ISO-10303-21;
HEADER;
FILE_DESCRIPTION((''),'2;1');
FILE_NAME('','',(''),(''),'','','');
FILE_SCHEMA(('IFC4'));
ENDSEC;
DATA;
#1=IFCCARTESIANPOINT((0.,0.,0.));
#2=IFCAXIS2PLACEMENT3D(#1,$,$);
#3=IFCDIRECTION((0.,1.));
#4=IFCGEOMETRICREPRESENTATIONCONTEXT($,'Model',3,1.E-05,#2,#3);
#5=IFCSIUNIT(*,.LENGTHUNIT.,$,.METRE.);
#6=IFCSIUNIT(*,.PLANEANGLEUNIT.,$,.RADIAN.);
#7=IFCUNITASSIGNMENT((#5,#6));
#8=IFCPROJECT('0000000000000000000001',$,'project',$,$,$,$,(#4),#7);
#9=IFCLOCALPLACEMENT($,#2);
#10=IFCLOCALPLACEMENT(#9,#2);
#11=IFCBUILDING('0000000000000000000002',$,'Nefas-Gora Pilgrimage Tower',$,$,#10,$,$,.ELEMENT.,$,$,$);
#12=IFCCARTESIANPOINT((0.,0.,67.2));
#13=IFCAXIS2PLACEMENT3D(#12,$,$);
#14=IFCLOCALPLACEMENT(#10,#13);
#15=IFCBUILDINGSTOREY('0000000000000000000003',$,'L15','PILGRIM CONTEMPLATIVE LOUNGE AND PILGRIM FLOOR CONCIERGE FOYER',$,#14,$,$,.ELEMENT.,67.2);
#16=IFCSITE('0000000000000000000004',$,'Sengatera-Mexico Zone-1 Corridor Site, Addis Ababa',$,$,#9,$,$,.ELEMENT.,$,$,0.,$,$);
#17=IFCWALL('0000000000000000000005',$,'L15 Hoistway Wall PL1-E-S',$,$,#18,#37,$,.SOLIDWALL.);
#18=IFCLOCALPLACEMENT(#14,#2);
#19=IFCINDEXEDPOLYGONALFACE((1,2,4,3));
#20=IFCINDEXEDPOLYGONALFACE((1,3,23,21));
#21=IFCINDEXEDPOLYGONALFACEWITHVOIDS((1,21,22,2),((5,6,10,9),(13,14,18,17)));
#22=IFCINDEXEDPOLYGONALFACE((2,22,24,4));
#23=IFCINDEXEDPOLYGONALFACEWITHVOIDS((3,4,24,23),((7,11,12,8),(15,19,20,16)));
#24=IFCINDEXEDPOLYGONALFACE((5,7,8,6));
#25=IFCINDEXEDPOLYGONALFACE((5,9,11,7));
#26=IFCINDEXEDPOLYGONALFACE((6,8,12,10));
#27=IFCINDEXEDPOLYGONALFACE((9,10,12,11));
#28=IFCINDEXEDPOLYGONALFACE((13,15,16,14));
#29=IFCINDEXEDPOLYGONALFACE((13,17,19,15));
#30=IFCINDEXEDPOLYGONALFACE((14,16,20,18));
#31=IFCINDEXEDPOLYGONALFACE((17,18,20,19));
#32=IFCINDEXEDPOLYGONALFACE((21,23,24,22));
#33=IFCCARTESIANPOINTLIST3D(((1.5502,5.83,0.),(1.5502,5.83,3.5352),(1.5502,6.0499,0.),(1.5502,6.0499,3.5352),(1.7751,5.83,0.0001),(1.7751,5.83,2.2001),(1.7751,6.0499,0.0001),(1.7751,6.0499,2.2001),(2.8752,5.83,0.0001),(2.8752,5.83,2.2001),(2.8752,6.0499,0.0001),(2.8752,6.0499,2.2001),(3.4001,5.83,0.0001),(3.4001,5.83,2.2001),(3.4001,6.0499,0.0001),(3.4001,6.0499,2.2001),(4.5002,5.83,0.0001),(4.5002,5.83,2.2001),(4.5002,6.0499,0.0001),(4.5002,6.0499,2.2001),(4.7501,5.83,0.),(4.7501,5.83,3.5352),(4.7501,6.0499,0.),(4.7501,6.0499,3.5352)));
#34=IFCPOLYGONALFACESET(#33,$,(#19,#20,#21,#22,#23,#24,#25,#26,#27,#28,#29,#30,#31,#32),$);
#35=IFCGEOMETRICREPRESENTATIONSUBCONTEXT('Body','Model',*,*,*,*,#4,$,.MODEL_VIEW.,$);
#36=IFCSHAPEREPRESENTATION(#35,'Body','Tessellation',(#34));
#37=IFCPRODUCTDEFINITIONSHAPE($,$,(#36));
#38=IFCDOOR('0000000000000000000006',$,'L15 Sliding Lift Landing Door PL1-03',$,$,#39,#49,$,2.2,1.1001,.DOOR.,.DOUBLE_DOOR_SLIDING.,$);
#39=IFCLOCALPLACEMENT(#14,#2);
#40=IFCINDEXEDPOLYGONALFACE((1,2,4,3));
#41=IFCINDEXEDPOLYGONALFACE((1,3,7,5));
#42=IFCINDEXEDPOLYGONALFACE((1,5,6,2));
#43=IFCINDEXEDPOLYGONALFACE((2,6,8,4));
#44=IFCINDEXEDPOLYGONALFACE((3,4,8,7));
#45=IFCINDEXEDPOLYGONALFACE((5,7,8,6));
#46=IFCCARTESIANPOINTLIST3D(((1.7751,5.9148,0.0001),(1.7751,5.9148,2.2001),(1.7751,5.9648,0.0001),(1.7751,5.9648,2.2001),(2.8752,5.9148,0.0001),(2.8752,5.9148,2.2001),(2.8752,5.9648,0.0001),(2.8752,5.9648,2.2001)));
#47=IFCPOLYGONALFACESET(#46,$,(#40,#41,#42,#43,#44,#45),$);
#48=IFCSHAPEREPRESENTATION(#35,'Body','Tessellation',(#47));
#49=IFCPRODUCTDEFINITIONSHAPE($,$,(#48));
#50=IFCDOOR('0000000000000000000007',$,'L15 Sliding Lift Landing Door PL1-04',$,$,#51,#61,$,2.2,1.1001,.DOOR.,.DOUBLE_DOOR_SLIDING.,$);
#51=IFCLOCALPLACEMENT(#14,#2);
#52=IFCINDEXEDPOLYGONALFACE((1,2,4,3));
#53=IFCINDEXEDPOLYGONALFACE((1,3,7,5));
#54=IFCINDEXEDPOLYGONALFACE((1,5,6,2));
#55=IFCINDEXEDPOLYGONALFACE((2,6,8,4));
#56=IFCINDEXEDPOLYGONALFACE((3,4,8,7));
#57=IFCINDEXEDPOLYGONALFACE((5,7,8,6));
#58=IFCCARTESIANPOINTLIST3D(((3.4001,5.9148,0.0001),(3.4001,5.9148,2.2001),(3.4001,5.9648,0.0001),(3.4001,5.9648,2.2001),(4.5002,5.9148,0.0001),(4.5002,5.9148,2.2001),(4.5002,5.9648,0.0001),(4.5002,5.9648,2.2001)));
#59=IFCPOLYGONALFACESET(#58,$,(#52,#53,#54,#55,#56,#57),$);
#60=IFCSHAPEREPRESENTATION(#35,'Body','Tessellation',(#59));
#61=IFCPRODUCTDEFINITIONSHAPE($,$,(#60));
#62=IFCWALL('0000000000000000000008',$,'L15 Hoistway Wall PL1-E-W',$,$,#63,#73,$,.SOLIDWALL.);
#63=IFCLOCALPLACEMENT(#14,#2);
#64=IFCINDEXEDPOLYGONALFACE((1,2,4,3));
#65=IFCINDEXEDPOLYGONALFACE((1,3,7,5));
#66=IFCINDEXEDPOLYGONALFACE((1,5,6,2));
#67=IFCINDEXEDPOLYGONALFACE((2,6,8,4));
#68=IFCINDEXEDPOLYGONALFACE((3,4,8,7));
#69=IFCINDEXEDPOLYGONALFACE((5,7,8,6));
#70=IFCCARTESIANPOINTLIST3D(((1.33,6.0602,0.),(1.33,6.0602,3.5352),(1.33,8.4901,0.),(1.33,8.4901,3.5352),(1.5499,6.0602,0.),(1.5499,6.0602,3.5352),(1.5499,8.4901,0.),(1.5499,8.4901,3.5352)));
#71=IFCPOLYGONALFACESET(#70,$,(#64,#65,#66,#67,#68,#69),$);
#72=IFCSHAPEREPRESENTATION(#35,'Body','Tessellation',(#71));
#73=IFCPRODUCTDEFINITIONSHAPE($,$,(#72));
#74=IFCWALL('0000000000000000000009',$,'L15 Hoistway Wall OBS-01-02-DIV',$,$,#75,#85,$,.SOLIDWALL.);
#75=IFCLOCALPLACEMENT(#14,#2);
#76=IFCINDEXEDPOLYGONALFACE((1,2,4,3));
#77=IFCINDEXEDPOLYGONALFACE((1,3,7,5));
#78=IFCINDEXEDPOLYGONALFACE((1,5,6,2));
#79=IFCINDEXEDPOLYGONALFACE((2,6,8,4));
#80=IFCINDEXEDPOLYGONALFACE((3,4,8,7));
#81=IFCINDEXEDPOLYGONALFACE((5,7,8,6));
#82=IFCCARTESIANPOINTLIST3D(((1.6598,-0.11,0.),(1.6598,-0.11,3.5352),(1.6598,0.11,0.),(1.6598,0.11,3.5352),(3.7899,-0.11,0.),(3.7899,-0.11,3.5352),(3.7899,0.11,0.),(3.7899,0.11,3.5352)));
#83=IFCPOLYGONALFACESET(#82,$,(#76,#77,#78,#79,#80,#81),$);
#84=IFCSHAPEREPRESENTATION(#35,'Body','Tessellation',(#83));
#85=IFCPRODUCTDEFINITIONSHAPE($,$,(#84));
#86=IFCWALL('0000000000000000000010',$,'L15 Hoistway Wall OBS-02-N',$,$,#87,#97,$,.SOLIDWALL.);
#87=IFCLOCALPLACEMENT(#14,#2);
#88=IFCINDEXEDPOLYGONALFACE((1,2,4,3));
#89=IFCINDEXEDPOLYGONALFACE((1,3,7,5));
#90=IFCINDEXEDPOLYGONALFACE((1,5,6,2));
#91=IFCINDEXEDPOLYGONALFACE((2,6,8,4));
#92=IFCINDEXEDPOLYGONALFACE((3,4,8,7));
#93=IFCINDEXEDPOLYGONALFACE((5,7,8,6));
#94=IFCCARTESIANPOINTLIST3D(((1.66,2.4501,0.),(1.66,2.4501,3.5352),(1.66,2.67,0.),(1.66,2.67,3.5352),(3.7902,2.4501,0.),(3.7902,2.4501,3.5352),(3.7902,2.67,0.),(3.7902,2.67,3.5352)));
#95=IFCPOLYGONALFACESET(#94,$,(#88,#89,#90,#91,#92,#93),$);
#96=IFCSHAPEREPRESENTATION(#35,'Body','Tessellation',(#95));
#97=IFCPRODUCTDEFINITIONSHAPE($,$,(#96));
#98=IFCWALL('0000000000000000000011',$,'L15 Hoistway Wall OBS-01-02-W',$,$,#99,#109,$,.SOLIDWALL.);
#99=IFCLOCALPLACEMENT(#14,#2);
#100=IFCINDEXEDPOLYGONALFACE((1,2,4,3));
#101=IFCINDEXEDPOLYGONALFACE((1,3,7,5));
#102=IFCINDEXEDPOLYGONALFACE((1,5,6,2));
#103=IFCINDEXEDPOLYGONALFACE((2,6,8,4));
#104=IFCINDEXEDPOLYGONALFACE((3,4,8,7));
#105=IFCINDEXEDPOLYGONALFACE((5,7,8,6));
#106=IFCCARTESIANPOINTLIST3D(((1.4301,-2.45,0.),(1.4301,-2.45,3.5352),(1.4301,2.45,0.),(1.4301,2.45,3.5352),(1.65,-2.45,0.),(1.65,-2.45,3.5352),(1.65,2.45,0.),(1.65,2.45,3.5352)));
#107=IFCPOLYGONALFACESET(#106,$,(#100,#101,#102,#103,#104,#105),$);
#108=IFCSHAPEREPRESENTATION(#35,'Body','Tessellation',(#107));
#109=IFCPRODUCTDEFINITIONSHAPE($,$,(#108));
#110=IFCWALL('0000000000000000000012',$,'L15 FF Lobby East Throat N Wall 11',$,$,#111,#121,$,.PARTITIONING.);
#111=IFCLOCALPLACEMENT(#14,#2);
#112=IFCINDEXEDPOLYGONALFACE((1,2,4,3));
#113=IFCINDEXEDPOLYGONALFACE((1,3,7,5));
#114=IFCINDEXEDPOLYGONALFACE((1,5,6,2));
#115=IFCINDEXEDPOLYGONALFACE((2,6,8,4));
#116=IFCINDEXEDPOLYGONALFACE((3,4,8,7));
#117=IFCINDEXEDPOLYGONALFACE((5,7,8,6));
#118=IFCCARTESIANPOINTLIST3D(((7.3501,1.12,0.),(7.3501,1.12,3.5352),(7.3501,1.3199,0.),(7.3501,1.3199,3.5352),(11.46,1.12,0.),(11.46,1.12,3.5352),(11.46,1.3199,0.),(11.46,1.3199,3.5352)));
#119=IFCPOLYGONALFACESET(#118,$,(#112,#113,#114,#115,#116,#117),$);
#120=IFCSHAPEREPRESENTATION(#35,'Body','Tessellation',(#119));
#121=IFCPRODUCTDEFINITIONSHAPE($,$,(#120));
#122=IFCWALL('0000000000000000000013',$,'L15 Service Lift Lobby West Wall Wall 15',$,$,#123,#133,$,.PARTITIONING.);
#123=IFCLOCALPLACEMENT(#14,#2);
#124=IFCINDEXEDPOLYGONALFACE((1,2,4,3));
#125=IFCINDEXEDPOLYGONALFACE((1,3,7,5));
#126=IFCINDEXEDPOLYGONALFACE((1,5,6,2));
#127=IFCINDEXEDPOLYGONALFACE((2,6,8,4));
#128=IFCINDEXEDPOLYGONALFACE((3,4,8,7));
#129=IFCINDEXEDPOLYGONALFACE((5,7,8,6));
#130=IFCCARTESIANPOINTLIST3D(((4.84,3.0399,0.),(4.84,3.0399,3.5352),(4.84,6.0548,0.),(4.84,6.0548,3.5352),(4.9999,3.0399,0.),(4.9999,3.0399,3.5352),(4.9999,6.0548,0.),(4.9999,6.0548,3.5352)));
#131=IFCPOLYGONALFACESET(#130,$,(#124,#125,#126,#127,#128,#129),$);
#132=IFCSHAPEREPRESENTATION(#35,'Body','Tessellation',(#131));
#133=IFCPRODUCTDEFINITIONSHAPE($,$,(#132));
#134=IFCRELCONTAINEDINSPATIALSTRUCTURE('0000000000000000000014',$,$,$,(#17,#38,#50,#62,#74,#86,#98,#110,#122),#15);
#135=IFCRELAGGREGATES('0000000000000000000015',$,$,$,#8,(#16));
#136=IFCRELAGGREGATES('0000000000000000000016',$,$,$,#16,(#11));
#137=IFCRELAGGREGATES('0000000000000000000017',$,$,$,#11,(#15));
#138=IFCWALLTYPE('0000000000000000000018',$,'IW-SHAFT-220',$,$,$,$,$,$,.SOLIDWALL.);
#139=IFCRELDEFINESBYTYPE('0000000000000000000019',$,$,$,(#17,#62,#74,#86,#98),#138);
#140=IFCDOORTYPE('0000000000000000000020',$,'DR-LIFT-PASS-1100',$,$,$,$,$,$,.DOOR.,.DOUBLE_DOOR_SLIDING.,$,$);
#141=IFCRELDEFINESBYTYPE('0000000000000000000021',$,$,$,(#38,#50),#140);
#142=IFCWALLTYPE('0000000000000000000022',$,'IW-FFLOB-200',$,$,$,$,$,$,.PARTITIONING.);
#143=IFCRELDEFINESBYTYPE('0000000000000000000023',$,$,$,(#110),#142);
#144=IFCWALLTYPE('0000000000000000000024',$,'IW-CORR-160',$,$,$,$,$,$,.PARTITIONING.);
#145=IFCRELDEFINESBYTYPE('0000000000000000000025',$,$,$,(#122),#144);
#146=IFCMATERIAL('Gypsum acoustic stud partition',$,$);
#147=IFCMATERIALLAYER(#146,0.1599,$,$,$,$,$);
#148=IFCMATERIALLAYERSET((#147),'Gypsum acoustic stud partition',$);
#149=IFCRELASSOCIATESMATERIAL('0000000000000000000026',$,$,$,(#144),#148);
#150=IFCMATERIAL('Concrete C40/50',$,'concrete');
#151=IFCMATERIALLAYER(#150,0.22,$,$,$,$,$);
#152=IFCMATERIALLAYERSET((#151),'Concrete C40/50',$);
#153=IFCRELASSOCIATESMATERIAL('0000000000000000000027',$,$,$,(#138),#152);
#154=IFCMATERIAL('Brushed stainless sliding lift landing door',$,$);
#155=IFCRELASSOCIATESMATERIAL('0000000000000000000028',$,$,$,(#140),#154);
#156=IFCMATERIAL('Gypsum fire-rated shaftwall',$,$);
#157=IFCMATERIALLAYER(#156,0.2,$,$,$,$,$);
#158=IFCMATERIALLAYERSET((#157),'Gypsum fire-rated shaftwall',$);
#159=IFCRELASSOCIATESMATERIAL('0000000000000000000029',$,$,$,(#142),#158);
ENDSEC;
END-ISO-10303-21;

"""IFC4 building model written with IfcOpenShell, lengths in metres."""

from ifc_helpers import new_model, si_unit, direction, frame, frame_2d, origin, place, context, subcontext, project, spatial, rectangle, extrude, source, transform, mapped, material, layer, layer_set, type_object, element, fill, save


model = new_model("IFC4")

# Units and contexts
model_context = context("Model", 3, precision=1e-05, world=origin(), true_north=direction((0.0, 1.0)))
body_context = subcontext(model_context, "Body", "Model", "MODEL_VIEW")
ifc_project = project(units=[si_unit("LENGTHUNIT", "METRE"), si_unit("PLANEANGLEUNIT", "RADIAN")], contexts=[model_context])

# Site, building, storey
site_placement = place(None, origin())
site = spatial("IfcSite", under=ifc_project, at=site_placement, Name="Sengatera-Mexico Zone-1 Corridor Site, Addis Ababa", CompositionType="ELEMENT", RefElevation=0.0)
building_placement = place(site_placement, origin())
building = spatial("IfcBuilding", under=site, at=building_placement, Name="Nefas-Gora Pilgrimage Tower", CompositionType="ELEMENT")
storey_placement = place(building_placement, frame((0.0, 0.0, 67.2)))
storey = spatial("IfcBuildingStorey", under=building, at=storey_placement, Name="L15", Description="PILGRIM CONTEMPLATIVE LOUNGE AND PILGRIM FLOOR CONCIERGE FOYER", CompositionType="ELEMENT", Elevation=67.2)

# Shared definitions
ifc_material_1 = material(Name="Gypsum acoustic stud partition")
ifc_layer_1 = layer(ifc_material_1, 0.1599)
ifc_layer_set_1 = layer_set([ifc_layer_1], Name="Gypsum acoustic stud partition")
wall_type_1 = type_object("IfcWallType", Name="IW-CORR-160", PredefinedType="PARTITIONING", material=ifc_layer_set_1)

# Wall, openings, doors
ifc_material_2 = material(Name="Concrete C40/50", Category="concrete")
ifc_layer_2 = layer(ifc_material_2, 0.22)
ifc_layer_set_2 = layer_set([ifc_layer_2], Name="Concrete C40/50")
wall_type_2 = type_object("IfcWallType", Name="IW-SHAFT-220", PredefinedType="SOLIDWALL", material=ifc_layer_set_2)
shared_shape_1 = source(origin(), body_context, "Body", "SweptSolid", [
    extrude(rectangle(XDim=3.2, YDim=0.22, at=frame_2d((1.6001, 0.0))), origin(), (0.0, 0.0, 1.0), 3.5352),
])
wall_1_placement = place(storey_placement, frame((1.55, 5.9399, 0.0), z_axis=(0.0, 0.0, 1.0), x_axis=(1.0, 0.0, 0.0)))
wall_1 = element("IfcWall", 1, at=wall_1_placement, inside=storey, type_object=wall_type_2, Name="L15 Hoistway Wall PL1-E-S", PredefinedType="SOLIDWALL", context=body_context, shape_type="MappedRepresentation", body=[
    mapped(shared_shape_1, transform((0.0, 0.0, 0.0), x_axis=(1.0, 0.0, 0.0), y_axis=(0.0, 1.0, 0.0), z_axis=(0.0, 0.0, 1.0), scale=1.0)),
])
opening_1_placement = place(wall_1_placement, frame((0.2251, 0.0, 0.0)))
opening_1 = element("IfcOpeningElement", 2, at=opening_1_placement, cuts=wall_1, PredefinedType="OPENING", context=body_context, shape_type="SweptSolid", body=[
    extrude(rectangle(XDim=1.1001, YDim=2.2, at=frame_2d((0.55, 1.1001))), frame((0.0, 0.1199, 0.0), z_axis=(0.0, -1.0, 0.0), x_axis=(1.0, 0.0, 0.0)), (0.0, 0.0, 1.0), 0.24),
])
opening_2_placement = place(wall_1_placement, frame((1.8501, 0.0, 0.0)))
opening_2 = element("IfcOpeningElement", 3, at=opening_2_placement, cuts=wall_1, PredefinedType="OPENING", context=body_context, shape_type="SweptSolid", body=[
    extrude(rectangle(XDim=1.1001, YDim=2.2, at=frame_2d((0.55, 1.1001))), frame((0.0, 0.1199, 0.0), z_axis=(0.0, -1.0, 0.0), x_axis=(1.0, 0.0, 0.0)), (0.0, 0.0, 1.0), 0.24),
])
ifc_material_3 = material(Name="Brushed stainless sliding lift landing door")
door_type_1 = type_object("IfcDoorType", Name="DR-LIFT-PASS-1100", OperationType="DOUBLE_DOOR_SLIDING", PredefinedType="DOOR", material=ifc_material_3)
shared_shape_2 = source(origin(), body_context, "Body", "SweptSolid", [
    extrude(rectangle(XDim=1.1001, YDim=2.2, at=frame_2d((0.55, 1.1001))), frame((0.0, 0.0249, 0.0), z_axis=(0.0, -1.0, 0.0), x_axis=(1.0, 0.0, 0.0)), (0.0, 0.0, 1.0), 0.05),
])
door_1_placement = place(opening_1_placement, origin())
door_1 = element("IfcDoor", 4, at=door_1_placement, inside=storey, type_object=door_type_1, Name="L15 Sliding Lift Landing Door PL1-03", OperationType="DOUBLE_DOOR_SLIDING", OverallHeight=2.2, OverallWidth=1.1001, PredefinedType="DOOR", context=body_context, shape_type="MappedRepresentation", body=[
    mapped(shared_shape_2, transform((0.0, 0.0, 0.0), x_axis=(1.0, 0.0, 0.0), y_axis=(0.0, 1.0, 0.0), z_axis=(0.0, 0.0, 1.0), scale=1.0)),
])
fill(opening_1, door_1)
door_2_placement = place(opening_2_placement, origin())
door_2 = element("IfcDoor", 5, at=door_2_placement, inside=storey, type_object=door_type_1, Name="L15 Sliding Lift Landing Door PL1-04", OperationType="DOUBLE_DOOR_SLIDING", OverallHeight=2.2, OverallWidth=1.1001, PredefinedType="DOOR", context=body_context, shape_type="MappedRepresentation", body=[
    mapped(shared_shape_2, transform((0.0, 0.0, 0.0), x_axis=(1.0, 0.0, 0.0), y_axis=(0.0, 1.0, 0.0), z_axis=(0.0, 0.0, 1.0), scale=1.0)),
])
fill(opening_2, door_2)

# Walls
shared_shape_3 = source(origin(), body_context, "Body", "SweptSolid", [
    extrude(rectangle(XDim=2.4299, YDim=0.22, at=frame_2d((1.2148, 0.0))), origin(), (0.0, 0.0, 1.0), 3.5352),
])
for number, where, z_axis, x_axis, name in (
    (6, (1.4399, 8.49, 0.0), (0.0, 0.0, 1.0), (0.0, -1.0, 0.0), "L15 Hoistway Wall PL1-E-W"),
):
    element("IfcWall", number, at=place(storey_placement, frame(where, z_axis=z_axis, x_axis=x_axis)), inside=storey, type_object=wall_type_2, Name=name, PredefinedType="SOLIDWALL", context=body_context, shape_type="MappedRepresentation", body=[
        mapped(shared_shape_3, transform((0.0, 0.0, 0.0), x_axis=(1.0, 0.0, 0.0), y_axis=(0.0, 1.0, 0.0), z_axis=(0.0, 0.0, 1.0), scale=1.0)),
    ])
shared_shape_4 = source(origin(), body_context, "Body", "SweptSolid", [
    extrude(rectangle(XDim=2.1301, YDim=0.22, at=frame_2d((1.0649, 0.0))), origin(), (0.0, 0.0, 1.0), 3.5352),
])
for number, where, z_axis, x_axis, name in (
    (7, (1.6599, 0.0, 0.0), (0.0, 0.0, 1.0), (1.0, 0.0, 0.0), "L15 Hoistway Wall OBS-01-02-DIV"),
    (8, (3.79, 2.5601, 0.0), (0.0, 0.0, 1.0), (-1.0, 0.0, 0.0), "L15 Hoistway Wall OBS-02-N"),
):
    element("IfcWall", number, at=place(storey_placement, frame(where, z_axis=z_axis, x_axis=x_axis)), inside=storey, type_object=wall_type_2, Name=name, PredefinedType="SOLIDWALL", context=body_context, shape_type="MappedRepresentation", body=[
        mapped(shared_shape_4, transform((0.0, 0.0, 0.0), x_axis=(1.0, 0.0, 0.0), y_axis=(0.0, 1.0, 0.0), z_axis=(0.0, 0.0, 1.0), scale=1.0)),
    ])
shared_shape_5 = source(origin(), body_context, "Body", "SweptSolid", [
    extrude(rectangle(XDim=4.8999, YDim=0.22, at=frame_2d((2.45, 0.0))), origin(), (0.0, 0.0, 1.0), 3.5352),
])
wall_2_placement = place(storey_placement, frame((1.54, 2.45, 0.0), z_axis=(0.0, 0.0, 1.0), x_axis=(0.0, -1.0, 0.0)))
element("IfcWall", 9, at=wall_2_placement, inside=storey, type_object=wall_type_2, Name="L15 Hoistway Wall OBS-01-02-W", PredefinedType="SOLIDWALL", context=body_context, shape_type="MappedRepresentation", body=[
    mapped(shared_shape_5, transform((0.0, 0.0, 0.0), x_axis=(1.0, 0.0, 0.0), y_axis=(0.0, 1.0, 0.0), z_axis=(0.0, 0.0, 1.0), scale=1.0)),
])

# Shared definitions
ifc_material_4 = material(Name="Gypsum fire-rated shaftwall")
ifc_layer_3 = layer(ifc_material_4, 0.2)
ifc_layer_set_3 = layer_set([ifc_layer_3], Name="Gypsum fire-rated shaftwall")
wall_type_3 = type_object("IfcWallType", Name="IW-FFLOB-200", PredefinedType="PARTITIONING", material=ifc_layer_set_3)

# Walls
shared_shape_6 = source(origin(), body_context, "Body", "SweptSolid", [
    extrude(rectangle(XDim=4.1099, YDim=0.2, at=frame_2d((2.0549, 0.0))), origin(), (0.0, 0.0, 1.0), 3.5352),
])
wall_3_placement = place(storey_placement, frame((7.3501, 1.22, 0.0), z_axis=(0.0, 0.0, 1.0), x_axis=(1.0, 0.0, 0.0)))
element("IfcWall", 10, at=wall_3_placement, inside=storey, type_object=wall_type_3, Name="L15 FF Lobby East Throat N Wall 11", PredefinedType="PARTITIONING", context=body_context, shape_type="MappedRepresentation", body=[
    mapped(shared_shape_6, transform((0.0, 0.0, 0.0), x_axis=(1.0, 0.0, 0.0), y_axis=(0.0, 1.0, 0.0), z_axis=(0.0, 0.0, 1.0), scale=1.0)),
])
shared_shape_7 = source(origin(), body_context, "Body", "SweptSolid", [
    extrude(rectangle(XDim=3.0149, YDim=0.1599, at=frame_2d((1.5073, 0.0))), origin(), (0.0, 0.0, 1.0), 3.5352),
])
wall_4_placement = place(storey_placement, frame((4.9199, 3.04, 0.0), z_axis=(0.0, 0.0, 1.0), x_axis=(0.0, 1.0, 0.0)))
element("IfcWall", 11, at=wall_4_placement, inside=storey, type_object=wall_type_1, Name="L15 Service Lift Lobby West Wall Wall 15", PredefinedType="PARTITIONING", context=body_context, shape_type="MappedRepresentation", body=[
    mapped(shared_shape_7, transform((0.0, 0.0, 0.0), x_axis=(1.0, 0.0, 0.0), y_axis=(0.0, 1.0, 0.0), z_axis=(0.0, 0.0, 1.0), scale=1.0)),
])

save(model, "model.ifc")
